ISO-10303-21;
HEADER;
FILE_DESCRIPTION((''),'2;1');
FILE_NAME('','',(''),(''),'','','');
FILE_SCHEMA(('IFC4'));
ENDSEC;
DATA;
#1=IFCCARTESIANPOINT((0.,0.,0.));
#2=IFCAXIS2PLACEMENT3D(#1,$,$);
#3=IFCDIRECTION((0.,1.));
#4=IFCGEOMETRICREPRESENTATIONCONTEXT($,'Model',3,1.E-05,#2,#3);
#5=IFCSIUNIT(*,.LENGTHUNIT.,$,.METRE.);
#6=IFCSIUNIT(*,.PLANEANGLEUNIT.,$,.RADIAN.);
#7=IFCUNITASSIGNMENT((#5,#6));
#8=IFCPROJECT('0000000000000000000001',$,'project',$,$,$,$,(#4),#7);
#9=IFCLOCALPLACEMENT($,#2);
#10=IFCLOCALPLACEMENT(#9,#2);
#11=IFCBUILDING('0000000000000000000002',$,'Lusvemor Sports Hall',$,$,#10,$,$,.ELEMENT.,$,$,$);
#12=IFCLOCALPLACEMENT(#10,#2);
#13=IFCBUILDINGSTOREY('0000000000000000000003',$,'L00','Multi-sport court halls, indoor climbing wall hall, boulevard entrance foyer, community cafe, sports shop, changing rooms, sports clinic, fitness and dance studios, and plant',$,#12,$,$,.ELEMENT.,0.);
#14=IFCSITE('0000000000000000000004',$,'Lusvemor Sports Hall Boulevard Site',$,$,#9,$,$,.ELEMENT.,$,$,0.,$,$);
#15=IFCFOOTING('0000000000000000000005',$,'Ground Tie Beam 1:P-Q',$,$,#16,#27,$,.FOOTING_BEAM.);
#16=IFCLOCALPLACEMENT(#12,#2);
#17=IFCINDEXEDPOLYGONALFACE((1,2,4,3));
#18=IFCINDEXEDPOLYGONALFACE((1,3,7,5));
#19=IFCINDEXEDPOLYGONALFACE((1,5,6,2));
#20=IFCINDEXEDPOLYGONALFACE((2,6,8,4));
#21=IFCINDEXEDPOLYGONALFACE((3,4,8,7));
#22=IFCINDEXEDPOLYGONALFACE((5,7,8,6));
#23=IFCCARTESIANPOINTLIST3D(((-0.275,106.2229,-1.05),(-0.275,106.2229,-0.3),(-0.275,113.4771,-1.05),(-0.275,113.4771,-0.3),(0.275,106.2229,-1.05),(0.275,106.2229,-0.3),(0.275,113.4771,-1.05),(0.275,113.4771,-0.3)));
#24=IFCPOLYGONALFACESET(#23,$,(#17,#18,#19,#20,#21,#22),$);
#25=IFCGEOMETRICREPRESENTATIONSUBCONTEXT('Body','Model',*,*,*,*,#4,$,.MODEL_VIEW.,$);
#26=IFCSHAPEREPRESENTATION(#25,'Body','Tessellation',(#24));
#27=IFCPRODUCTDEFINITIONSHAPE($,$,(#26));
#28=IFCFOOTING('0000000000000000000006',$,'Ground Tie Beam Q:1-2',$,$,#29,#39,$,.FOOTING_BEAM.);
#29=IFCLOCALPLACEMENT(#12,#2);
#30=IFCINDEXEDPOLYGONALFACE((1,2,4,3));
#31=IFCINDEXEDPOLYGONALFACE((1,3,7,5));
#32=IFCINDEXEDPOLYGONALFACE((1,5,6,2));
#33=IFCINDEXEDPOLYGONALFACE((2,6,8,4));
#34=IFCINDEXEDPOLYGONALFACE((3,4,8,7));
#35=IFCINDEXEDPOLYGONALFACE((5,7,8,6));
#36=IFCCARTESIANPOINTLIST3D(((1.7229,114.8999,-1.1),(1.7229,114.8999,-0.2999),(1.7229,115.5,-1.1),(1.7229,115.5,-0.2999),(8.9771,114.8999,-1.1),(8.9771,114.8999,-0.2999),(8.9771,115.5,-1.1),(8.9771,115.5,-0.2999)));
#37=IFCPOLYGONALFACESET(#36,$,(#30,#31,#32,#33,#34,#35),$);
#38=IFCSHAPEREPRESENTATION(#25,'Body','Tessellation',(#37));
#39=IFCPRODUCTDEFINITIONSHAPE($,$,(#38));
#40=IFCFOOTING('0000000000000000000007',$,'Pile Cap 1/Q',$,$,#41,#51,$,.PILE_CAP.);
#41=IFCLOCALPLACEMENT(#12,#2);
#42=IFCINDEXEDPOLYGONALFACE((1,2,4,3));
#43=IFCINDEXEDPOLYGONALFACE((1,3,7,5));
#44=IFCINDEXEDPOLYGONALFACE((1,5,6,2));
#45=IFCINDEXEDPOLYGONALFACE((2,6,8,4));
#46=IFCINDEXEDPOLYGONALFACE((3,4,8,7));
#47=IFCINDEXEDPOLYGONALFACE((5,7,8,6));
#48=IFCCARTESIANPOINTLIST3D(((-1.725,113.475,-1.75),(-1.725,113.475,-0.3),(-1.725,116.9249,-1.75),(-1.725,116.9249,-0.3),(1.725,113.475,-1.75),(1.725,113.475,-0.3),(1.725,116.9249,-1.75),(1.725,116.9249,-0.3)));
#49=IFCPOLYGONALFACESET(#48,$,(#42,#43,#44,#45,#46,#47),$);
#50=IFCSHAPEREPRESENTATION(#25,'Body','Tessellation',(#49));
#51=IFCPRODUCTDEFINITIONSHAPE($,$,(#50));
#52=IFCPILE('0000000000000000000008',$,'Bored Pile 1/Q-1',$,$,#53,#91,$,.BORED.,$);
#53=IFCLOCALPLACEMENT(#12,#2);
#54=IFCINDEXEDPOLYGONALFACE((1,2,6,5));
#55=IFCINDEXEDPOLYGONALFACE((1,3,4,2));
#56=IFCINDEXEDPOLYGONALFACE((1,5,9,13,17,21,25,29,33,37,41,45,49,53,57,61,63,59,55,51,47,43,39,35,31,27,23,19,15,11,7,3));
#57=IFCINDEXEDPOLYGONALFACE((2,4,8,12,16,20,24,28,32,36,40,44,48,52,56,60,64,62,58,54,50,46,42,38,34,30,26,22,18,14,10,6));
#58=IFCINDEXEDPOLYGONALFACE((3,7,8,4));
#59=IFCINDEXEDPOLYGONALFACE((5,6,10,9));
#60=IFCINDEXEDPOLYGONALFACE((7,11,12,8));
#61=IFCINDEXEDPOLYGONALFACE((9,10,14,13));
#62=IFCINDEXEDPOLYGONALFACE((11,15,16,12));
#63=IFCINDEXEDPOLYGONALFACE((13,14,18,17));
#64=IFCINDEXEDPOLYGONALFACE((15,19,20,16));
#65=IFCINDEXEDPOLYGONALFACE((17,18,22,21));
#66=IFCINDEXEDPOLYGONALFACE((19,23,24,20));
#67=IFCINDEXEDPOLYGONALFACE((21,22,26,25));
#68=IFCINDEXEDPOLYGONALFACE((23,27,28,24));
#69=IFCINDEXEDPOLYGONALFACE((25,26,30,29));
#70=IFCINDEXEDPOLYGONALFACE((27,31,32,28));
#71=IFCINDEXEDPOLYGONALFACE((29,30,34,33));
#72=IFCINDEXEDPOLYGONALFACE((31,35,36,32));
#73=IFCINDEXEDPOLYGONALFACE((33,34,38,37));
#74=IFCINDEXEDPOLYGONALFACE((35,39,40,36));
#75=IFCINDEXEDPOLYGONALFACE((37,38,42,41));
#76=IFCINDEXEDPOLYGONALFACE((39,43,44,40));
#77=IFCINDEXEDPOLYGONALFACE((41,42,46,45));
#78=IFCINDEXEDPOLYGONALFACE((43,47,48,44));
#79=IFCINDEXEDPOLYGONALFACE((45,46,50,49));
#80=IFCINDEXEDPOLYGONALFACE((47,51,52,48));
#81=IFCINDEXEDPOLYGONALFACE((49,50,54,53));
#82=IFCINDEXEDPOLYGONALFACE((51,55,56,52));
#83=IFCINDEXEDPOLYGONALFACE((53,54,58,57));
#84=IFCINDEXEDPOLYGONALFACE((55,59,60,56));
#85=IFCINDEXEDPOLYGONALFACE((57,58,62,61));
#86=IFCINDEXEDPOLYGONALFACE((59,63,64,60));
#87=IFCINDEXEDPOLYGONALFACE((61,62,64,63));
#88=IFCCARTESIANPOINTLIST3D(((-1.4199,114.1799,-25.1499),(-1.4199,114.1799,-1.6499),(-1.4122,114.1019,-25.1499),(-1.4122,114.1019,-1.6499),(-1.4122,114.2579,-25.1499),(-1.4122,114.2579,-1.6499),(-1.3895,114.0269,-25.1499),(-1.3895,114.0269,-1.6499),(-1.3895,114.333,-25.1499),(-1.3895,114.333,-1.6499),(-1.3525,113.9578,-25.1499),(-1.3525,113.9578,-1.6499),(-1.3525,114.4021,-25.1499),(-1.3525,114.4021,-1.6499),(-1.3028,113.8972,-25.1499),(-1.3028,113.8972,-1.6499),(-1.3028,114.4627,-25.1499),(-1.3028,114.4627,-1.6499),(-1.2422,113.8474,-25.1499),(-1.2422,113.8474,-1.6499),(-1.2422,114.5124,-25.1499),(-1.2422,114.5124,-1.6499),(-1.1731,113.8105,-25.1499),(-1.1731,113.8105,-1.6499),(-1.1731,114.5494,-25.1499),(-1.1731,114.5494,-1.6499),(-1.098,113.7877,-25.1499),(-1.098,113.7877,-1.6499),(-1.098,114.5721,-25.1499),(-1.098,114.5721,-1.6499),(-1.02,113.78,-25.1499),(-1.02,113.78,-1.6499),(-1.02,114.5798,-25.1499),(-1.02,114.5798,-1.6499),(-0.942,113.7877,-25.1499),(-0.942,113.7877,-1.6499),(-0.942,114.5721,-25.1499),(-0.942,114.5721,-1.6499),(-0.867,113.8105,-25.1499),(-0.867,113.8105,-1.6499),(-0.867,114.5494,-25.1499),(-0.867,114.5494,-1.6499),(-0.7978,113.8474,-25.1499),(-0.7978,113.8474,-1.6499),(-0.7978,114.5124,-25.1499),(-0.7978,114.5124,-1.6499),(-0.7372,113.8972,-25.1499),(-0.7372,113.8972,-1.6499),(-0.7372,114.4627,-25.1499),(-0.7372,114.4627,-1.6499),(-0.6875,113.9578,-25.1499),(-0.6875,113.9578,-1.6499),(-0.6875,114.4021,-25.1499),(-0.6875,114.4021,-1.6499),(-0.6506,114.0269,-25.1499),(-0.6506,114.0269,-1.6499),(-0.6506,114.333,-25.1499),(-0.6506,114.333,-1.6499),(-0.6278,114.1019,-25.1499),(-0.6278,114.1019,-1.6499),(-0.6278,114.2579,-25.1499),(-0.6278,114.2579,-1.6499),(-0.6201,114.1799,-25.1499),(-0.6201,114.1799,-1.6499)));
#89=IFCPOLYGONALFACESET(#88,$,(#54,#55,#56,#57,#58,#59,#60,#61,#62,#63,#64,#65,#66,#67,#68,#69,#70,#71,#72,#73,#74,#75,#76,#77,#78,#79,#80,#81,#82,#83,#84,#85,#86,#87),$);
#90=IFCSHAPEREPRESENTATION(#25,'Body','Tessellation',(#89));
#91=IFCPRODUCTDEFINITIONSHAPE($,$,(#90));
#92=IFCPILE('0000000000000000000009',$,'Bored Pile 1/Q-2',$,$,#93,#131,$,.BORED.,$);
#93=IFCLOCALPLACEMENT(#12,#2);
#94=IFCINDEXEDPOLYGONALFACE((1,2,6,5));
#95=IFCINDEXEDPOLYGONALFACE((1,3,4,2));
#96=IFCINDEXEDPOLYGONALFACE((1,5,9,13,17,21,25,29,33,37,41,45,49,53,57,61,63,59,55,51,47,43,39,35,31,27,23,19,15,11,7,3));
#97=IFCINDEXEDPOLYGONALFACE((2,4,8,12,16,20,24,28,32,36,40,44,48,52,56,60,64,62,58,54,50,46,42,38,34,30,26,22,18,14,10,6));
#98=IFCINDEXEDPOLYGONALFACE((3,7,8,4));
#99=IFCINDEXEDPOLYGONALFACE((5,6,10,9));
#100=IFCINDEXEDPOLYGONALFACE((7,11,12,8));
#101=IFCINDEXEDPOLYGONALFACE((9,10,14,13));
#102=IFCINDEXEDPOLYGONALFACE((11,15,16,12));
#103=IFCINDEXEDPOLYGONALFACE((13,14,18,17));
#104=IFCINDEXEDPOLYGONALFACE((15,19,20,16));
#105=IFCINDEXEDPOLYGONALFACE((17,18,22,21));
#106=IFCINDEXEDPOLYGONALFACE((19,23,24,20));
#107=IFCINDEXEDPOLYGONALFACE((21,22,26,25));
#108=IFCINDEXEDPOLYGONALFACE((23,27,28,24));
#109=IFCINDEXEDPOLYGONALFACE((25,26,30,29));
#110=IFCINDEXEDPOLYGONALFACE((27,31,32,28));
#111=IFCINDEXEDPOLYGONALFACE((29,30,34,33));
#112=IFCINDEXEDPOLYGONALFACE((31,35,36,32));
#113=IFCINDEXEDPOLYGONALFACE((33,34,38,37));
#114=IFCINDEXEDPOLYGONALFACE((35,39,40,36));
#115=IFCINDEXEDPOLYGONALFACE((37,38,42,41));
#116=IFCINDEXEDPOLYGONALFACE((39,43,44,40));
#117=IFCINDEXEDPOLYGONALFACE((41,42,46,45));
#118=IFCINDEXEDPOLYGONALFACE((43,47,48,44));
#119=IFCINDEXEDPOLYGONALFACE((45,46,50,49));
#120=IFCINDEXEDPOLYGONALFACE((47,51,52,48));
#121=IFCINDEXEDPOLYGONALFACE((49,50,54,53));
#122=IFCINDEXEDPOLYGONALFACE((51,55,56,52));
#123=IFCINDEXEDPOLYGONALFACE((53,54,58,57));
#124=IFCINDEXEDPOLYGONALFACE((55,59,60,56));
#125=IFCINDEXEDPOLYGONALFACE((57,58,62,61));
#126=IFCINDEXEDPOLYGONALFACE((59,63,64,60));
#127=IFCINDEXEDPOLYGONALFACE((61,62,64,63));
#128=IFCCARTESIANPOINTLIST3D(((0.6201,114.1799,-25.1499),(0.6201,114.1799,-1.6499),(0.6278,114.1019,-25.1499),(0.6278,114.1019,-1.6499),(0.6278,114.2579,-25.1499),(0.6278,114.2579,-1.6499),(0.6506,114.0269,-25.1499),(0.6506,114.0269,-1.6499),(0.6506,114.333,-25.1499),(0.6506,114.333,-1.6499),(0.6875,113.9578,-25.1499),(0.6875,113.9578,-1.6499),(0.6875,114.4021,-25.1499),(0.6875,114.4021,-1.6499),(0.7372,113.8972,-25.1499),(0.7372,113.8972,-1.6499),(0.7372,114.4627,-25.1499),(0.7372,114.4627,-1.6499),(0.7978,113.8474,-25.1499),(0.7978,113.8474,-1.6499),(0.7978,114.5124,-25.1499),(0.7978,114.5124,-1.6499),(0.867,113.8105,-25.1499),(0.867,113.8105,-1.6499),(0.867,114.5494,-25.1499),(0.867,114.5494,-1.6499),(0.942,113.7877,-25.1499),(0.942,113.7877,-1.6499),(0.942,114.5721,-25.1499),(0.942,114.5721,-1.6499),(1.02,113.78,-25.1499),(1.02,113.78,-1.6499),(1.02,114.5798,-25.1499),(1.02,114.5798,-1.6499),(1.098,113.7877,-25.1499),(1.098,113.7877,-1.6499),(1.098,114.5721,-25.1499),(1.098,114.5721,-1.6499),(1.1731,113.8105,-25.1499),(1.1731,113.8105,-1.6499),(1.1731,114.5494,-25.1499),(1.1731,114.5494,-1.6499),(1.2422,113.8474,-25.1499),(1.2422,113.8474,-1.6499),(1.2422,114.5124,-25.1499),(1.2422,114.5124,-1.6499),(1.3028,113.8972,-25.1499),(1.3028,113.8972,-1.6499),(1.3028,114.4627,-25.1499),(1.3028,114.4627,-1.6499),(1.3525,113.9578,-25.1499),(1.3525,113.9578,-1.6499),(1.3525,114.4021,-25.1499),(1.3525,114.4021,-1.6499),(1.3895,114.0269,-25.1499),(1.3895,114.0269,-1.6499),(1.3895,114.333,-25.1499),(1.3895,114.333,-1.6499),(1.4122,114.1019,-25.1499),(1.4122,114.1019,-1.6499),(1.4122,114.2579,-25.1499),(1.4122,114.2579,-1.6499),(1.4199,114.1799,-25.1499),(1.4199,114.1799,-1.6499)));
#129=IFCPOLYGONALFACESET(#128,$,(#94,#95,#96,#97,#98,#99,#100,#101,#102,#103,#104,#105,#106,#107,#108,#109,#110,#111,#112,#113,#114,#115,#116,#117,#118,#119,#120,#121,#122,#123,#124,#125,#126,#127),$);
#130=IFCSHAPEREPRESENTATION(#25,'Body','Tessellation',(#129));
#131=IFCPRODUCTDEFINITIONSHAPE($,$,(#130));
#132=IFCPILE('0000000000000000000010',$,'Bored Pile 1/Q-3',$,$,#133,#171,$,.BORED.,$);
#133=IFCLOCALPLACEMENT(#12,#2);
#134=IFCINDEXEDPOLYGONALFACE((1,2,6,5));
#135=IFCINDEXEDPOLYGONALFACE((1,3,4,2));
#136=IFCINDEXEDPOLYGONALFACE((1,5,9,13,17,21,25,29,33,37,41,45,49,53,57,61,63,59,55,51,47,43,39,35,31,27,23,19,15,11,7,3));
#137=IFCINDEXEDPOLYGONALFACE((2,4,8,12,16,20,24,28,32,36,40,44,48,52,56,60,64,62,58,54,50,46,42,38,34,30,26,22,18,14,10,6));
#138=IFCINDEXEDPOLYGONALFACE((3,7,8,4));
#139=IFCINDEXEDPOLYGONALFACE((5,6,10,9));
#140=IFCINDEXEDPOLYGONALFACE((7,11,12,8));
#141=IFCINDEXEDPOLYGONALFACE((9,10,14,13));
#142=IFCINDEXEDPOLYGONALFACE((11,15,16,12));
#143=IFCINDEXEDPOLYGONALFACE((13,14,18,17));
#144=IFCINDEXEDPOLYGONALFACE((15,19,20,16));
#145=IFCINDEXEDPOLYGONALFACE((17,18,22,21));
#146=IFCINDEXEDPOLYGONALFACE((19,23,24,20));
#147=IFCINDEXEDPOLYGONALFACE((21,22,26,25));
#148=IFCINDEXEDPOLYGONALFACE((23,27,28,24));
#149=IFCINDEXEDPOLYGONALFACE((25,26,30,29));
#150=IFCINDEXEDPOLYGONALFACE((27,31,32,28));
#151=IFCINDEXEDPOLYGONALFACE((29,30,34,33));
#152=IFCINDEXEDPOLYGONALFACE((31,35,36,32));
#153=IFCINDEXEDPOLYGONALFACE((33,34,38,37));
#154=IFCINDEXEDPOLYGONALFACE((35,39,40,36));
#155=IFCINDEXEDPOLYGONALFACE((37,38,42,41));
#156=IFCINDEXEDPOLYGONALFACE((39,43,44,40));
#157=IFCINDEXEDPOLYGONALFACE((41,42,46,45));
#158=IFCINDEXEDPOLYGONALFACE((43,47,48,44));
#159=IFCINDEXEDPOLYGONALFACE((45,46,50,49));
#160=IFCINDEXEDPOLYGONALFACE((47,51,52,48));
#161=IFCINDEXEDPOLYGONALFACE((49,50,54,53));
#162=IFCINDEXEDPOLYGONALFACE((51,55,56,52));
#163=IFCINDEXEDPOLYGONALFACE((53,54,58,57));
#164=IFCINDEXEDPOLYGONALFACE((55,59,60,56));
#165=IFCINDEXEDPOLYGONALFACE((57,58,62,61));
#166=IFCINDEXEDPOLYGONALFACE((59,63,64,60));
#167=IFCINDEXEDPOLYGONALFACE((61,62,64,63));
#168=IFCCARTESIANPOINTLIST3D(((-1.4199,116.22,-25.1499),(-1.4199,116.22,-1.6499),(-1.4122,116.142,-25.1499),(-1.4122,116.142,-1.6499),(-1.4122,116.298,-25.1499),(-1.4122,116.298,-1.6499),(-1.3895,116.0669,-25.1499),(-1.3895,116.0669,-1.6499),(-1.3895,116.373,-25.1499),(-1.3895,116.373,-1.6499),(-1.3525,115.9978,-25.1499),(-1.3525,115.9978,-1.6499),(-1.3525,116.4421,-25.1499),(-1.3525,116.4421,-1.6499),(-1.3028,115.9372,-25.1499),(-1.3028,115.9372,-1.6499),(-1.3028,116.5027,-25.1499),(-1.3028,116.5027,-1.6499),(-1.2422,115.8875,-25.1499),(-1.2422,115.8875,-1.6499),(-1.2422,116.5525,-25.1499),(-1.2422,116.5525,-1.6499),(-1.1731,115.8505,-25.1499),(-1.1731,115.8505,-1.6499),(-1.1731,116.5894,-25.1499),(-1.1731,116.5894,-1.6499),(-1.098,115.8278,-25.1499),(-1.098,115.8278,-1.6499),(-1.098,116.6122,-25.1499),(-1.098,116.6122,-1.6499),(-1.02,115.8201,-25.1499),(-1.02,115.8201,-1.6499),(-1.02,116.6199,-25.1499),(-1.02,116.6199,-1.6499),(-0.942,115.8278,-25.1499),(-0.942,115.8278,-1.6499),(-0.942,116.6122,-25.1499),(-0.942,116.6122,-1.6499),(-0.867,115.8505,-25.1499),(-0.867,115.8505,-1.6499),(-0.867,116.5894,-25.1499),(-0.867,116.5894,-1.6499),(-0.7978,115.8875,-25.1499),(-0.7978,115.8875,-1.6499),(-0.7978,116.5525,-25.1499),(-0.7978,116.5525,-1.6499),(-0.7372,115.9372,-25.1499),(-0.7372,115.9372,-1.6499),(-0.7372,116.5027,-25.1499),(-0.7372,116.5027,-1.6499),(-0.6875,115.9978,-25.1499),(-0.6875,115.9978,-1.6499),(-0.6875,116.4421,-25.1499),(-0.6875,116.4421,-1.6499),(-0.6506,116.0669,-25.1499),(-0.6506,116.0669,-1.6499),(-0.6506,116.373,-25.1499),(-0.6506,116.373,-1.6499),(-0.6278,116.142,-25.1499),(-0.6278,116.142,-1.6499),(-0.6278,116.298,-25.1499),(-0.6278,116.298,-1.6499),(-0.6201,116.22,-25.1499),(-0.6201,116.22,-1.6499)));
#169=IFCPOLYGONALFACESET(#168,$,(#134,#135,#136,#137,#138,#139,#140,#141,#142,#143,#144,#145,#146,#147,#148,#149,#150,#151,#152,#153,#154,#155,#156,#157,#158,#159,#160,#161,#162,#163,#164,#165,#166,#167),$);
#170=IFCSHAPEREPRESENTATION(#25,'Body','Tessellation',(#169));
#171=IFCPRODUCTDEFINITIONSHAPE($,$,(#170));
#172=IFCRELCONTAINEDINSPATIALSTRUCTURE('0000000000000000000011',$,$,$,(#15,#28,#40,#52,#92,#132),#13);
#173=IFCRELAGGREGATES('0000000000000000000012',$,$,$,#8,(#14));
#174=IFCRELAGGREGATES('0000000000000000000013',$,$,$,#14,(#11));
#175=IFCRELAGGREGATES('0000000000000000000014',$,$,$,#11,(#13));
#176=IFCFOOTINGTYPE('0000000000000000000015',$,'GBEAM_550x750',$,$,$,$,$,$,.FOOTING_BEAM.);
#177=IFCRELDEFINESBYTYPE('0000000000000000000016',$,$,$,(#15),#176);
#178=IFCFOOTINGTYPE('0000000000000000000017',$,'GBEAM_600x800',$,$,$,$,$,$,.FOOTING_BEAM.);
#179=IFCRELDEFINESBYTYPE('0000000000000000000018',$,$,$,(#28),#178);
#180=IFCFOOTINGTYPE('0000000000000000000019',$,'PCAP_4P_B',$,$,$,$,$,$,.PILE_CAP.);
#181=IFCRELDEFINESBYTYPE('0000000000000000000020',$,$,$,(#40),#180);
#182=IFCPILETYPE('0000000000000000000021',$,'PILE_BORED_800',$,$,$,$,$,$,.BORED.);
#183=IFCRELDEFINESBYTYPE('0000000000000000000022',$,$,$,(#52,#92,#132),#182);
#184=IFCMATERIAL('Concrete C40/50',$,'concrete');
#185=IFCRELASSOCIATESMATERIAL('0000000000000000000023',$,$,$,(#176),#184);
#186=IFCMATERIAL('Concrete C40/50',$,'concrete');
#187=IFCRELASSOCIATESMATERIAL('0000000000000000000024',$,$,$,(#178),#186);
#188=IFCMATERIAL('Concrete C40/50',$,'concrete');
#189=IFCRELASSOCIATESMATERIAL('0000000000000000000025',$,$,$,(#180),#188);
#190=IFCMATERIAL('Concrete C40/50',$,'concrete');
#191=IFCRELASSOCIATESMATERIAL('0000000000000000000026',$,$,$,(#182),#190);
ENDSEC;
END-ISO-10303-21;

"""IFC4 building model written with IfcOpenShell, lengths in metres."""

from ifc_helpers import new_model, si_unit, direction, frame, origin, origin_2d, place, context, subcontext, project, spatial, rectangle, circle, extrude, material, material_profile, profile_set, type_object, element, save


model = new_model("IFC4")

# Units and contexts
model_context = context("Model", 3, precision=1e-05, world=origin(), true_north=direction((0.0, 1.0)))
body_context = subcontext(model_context, "Body", "Model", "MODEL_VIEW")
ifc_project = project(units=[si_unit("LENGTHUNIT", "METRE"), si_unit("PLANEANGLEUNIT", "RADIAN")], contexts=[model_context])

# Site, building, storey
site_placement = place(None, origin())
site = spatial("IfcSite", under=ifc_project, at=site_placement, Name="Lusvemor Sports Hall Boulevard Site", CompositionType="ELEMENT", RefElevation=0.0)
building_placement = place(site_placement, origin())
building = spatial("IfcBuilding", under=site, at=building_placement, Name="Lusvemor Sports Hall", CompositionType="ELEMENT")
storey_placement = place(building_placement, origin())
storey = spatial("IfcBuildingStorey", under=building, at=storey_placement, Name="L00", Description="Multi-sport court halls, indoor climbing wall hall, boulevard entrance foyer, community cafe, sports shop, changing rooms, sports clinic, fitness and dance studios, and plant", CompositionType="ELEMENT", Elevation=0.0)

# Footings
ifc_material_1 = material(Name="Concrete C40/50", Category="concrete")
ifc_material_profile_1 = material_profile(ifc_material_1, rectangle(XDim=0.55, YDim=0.75, at=origin_2d()), Name="GB_550x750")
ifc_profile_set_1 = profile_set([ifc_material_profile_1], Name="Concrete C40/50")
footing_type_1 = type_object("IfcFootingType", Name="GBEAM_550x750", PredefinedType="FOOTING_BEAM", material=ifc_profile_set_1)
footing_1_placement = place(storey_placement, frame((0.0, 106.2229, -0.675), z_axis=(0.0, 1.0, 0.0), x_axis=(-1.0, 0.0, 0.0)))
element("IfcFooting", 1, at=footing_1_placement, inside=storey, type_object=footing_type_1, Name="Ground Tie Beam 1:P-Q", PredefinedType="FOOTING_BEAM", context=body_context, shape_type="SweptSolid", body=[
    extrude(rectangle(XDim=0.55, YDim=0.75, at=origin_2d()), origin(), (0.0, 0.0, 1.0), 7.2542),
])
ifc_material_2 = material(Name="Concrete C40/50", Category="concrete")
ifc_material_profile_2 = material_profile(ifc_material_2, rectangle(XDim=0.6001, YDim=0.8, at=origin_2d()), Name="GB_600x800")
ifc_profile_set_2 = profile_set([ifc_material_profile_2], Name="Concrete C40/50")
footing_type_2 = type_object("IfcFootingType", Name="GBEAM_600x800", PredefinedType="FOOTING_BEAM", material=ifc_profile_set_2)
footing_2_placement = place(storey_placement, frame((1.7229, 115.2, -0.7), z_axis=(1.0, 0.0, 0.0), x_axis=(0.0, 1.0, 0.0)))
element("IfcFooting", 2, at=footing_2_placement, inside=storey, type_object=footing_type_2, Name="Ground Tie Beam Q:1-2", PredefinedType="FOOTING_BEAM", context=body_context, shape_type="SweptSolid", body=[
    extrude(rectangle(XDim=0.6001, YDim=0.8, at=origin_2d()), origin(), (0.0, 0.0, 1.0), 7.2542),
])
ifc_material_3 = material(Name="Concrete C40/50", Category="concrete")
footing_type_3 = type_object("IfcFootingType", Name="PCAP_4P_B", PredefinedType="PILE_CAP", material=ifc_material_3)
footing_3_placement = place(storey_placement, frame((0.0, 115.2, -1.75), z_axis=(0.0, 0.0, 1.0), x_axis=(1.0, 0.0, 0.0)))
element("IfcFooting", 3, at=footing_3_placement, inside=storey, type_object=footing_type_3, Name="Pile Cap 1/Q", PredefinedType="PILE_CAP", context=body_context, shape_type="SweptSolid", body=[
    extrude(rectangle(XDim=3.45, YDim=3.45, at=origin_2d()), origin(), (0.0, 0.0, 1.0), 1.45),
])

# Piles
ifc_material_4 = material(Name="Concrete C40/50", Category="concrete")
ifc_material_profile_3 = material_profile(ifc_material_4, circle(Radius=0.3999, at=origin_2d()), Name="PILE800")
ifc_profile_set_3 = profile_set([ifc_material_profile_3], Name="Concrete C40/50")
pile_type = type_object("IfcPileType", Name="PILE_BORED_800", PredefinedType="BORED", material=ifc_profile_set_3)
for number, where, z_axis, x_axis, name in (
    (4, (-1.02, 114.1799, -1.6499), (0.0, 0.0, -1.0), (1.0, 0.0, 0.0), "Bored Pile 1/Q-1"),
    (5, (1.02, 114.1799, -1.6499), (0.0, 0.0, -1.0), (1.0, 0.0, 0.0), "Bored Pile 1/Q-2"),
    (6, (-1.02, 116.22, -1.6499), (0.0, 0.0, -1.0), (1.0, 0.0, 0.0), "Bored Pile 1/Q-3"),
):
    element("IfcPile", number, at=place(storey_placement, frame(where, z_axis=z_axis, x_axis=x_axis)), inside=storey, type_object=pile_type, Name=name, PredefinedType="BORED", context=body_context, shape_type="SweptSolid", body=[
        extrude(circle(Radius=0.3999, at=origin_2d()), origin(), (0.0, 0.0, 1.0), 23.5),
    ])

save(model, "model.ifc")
